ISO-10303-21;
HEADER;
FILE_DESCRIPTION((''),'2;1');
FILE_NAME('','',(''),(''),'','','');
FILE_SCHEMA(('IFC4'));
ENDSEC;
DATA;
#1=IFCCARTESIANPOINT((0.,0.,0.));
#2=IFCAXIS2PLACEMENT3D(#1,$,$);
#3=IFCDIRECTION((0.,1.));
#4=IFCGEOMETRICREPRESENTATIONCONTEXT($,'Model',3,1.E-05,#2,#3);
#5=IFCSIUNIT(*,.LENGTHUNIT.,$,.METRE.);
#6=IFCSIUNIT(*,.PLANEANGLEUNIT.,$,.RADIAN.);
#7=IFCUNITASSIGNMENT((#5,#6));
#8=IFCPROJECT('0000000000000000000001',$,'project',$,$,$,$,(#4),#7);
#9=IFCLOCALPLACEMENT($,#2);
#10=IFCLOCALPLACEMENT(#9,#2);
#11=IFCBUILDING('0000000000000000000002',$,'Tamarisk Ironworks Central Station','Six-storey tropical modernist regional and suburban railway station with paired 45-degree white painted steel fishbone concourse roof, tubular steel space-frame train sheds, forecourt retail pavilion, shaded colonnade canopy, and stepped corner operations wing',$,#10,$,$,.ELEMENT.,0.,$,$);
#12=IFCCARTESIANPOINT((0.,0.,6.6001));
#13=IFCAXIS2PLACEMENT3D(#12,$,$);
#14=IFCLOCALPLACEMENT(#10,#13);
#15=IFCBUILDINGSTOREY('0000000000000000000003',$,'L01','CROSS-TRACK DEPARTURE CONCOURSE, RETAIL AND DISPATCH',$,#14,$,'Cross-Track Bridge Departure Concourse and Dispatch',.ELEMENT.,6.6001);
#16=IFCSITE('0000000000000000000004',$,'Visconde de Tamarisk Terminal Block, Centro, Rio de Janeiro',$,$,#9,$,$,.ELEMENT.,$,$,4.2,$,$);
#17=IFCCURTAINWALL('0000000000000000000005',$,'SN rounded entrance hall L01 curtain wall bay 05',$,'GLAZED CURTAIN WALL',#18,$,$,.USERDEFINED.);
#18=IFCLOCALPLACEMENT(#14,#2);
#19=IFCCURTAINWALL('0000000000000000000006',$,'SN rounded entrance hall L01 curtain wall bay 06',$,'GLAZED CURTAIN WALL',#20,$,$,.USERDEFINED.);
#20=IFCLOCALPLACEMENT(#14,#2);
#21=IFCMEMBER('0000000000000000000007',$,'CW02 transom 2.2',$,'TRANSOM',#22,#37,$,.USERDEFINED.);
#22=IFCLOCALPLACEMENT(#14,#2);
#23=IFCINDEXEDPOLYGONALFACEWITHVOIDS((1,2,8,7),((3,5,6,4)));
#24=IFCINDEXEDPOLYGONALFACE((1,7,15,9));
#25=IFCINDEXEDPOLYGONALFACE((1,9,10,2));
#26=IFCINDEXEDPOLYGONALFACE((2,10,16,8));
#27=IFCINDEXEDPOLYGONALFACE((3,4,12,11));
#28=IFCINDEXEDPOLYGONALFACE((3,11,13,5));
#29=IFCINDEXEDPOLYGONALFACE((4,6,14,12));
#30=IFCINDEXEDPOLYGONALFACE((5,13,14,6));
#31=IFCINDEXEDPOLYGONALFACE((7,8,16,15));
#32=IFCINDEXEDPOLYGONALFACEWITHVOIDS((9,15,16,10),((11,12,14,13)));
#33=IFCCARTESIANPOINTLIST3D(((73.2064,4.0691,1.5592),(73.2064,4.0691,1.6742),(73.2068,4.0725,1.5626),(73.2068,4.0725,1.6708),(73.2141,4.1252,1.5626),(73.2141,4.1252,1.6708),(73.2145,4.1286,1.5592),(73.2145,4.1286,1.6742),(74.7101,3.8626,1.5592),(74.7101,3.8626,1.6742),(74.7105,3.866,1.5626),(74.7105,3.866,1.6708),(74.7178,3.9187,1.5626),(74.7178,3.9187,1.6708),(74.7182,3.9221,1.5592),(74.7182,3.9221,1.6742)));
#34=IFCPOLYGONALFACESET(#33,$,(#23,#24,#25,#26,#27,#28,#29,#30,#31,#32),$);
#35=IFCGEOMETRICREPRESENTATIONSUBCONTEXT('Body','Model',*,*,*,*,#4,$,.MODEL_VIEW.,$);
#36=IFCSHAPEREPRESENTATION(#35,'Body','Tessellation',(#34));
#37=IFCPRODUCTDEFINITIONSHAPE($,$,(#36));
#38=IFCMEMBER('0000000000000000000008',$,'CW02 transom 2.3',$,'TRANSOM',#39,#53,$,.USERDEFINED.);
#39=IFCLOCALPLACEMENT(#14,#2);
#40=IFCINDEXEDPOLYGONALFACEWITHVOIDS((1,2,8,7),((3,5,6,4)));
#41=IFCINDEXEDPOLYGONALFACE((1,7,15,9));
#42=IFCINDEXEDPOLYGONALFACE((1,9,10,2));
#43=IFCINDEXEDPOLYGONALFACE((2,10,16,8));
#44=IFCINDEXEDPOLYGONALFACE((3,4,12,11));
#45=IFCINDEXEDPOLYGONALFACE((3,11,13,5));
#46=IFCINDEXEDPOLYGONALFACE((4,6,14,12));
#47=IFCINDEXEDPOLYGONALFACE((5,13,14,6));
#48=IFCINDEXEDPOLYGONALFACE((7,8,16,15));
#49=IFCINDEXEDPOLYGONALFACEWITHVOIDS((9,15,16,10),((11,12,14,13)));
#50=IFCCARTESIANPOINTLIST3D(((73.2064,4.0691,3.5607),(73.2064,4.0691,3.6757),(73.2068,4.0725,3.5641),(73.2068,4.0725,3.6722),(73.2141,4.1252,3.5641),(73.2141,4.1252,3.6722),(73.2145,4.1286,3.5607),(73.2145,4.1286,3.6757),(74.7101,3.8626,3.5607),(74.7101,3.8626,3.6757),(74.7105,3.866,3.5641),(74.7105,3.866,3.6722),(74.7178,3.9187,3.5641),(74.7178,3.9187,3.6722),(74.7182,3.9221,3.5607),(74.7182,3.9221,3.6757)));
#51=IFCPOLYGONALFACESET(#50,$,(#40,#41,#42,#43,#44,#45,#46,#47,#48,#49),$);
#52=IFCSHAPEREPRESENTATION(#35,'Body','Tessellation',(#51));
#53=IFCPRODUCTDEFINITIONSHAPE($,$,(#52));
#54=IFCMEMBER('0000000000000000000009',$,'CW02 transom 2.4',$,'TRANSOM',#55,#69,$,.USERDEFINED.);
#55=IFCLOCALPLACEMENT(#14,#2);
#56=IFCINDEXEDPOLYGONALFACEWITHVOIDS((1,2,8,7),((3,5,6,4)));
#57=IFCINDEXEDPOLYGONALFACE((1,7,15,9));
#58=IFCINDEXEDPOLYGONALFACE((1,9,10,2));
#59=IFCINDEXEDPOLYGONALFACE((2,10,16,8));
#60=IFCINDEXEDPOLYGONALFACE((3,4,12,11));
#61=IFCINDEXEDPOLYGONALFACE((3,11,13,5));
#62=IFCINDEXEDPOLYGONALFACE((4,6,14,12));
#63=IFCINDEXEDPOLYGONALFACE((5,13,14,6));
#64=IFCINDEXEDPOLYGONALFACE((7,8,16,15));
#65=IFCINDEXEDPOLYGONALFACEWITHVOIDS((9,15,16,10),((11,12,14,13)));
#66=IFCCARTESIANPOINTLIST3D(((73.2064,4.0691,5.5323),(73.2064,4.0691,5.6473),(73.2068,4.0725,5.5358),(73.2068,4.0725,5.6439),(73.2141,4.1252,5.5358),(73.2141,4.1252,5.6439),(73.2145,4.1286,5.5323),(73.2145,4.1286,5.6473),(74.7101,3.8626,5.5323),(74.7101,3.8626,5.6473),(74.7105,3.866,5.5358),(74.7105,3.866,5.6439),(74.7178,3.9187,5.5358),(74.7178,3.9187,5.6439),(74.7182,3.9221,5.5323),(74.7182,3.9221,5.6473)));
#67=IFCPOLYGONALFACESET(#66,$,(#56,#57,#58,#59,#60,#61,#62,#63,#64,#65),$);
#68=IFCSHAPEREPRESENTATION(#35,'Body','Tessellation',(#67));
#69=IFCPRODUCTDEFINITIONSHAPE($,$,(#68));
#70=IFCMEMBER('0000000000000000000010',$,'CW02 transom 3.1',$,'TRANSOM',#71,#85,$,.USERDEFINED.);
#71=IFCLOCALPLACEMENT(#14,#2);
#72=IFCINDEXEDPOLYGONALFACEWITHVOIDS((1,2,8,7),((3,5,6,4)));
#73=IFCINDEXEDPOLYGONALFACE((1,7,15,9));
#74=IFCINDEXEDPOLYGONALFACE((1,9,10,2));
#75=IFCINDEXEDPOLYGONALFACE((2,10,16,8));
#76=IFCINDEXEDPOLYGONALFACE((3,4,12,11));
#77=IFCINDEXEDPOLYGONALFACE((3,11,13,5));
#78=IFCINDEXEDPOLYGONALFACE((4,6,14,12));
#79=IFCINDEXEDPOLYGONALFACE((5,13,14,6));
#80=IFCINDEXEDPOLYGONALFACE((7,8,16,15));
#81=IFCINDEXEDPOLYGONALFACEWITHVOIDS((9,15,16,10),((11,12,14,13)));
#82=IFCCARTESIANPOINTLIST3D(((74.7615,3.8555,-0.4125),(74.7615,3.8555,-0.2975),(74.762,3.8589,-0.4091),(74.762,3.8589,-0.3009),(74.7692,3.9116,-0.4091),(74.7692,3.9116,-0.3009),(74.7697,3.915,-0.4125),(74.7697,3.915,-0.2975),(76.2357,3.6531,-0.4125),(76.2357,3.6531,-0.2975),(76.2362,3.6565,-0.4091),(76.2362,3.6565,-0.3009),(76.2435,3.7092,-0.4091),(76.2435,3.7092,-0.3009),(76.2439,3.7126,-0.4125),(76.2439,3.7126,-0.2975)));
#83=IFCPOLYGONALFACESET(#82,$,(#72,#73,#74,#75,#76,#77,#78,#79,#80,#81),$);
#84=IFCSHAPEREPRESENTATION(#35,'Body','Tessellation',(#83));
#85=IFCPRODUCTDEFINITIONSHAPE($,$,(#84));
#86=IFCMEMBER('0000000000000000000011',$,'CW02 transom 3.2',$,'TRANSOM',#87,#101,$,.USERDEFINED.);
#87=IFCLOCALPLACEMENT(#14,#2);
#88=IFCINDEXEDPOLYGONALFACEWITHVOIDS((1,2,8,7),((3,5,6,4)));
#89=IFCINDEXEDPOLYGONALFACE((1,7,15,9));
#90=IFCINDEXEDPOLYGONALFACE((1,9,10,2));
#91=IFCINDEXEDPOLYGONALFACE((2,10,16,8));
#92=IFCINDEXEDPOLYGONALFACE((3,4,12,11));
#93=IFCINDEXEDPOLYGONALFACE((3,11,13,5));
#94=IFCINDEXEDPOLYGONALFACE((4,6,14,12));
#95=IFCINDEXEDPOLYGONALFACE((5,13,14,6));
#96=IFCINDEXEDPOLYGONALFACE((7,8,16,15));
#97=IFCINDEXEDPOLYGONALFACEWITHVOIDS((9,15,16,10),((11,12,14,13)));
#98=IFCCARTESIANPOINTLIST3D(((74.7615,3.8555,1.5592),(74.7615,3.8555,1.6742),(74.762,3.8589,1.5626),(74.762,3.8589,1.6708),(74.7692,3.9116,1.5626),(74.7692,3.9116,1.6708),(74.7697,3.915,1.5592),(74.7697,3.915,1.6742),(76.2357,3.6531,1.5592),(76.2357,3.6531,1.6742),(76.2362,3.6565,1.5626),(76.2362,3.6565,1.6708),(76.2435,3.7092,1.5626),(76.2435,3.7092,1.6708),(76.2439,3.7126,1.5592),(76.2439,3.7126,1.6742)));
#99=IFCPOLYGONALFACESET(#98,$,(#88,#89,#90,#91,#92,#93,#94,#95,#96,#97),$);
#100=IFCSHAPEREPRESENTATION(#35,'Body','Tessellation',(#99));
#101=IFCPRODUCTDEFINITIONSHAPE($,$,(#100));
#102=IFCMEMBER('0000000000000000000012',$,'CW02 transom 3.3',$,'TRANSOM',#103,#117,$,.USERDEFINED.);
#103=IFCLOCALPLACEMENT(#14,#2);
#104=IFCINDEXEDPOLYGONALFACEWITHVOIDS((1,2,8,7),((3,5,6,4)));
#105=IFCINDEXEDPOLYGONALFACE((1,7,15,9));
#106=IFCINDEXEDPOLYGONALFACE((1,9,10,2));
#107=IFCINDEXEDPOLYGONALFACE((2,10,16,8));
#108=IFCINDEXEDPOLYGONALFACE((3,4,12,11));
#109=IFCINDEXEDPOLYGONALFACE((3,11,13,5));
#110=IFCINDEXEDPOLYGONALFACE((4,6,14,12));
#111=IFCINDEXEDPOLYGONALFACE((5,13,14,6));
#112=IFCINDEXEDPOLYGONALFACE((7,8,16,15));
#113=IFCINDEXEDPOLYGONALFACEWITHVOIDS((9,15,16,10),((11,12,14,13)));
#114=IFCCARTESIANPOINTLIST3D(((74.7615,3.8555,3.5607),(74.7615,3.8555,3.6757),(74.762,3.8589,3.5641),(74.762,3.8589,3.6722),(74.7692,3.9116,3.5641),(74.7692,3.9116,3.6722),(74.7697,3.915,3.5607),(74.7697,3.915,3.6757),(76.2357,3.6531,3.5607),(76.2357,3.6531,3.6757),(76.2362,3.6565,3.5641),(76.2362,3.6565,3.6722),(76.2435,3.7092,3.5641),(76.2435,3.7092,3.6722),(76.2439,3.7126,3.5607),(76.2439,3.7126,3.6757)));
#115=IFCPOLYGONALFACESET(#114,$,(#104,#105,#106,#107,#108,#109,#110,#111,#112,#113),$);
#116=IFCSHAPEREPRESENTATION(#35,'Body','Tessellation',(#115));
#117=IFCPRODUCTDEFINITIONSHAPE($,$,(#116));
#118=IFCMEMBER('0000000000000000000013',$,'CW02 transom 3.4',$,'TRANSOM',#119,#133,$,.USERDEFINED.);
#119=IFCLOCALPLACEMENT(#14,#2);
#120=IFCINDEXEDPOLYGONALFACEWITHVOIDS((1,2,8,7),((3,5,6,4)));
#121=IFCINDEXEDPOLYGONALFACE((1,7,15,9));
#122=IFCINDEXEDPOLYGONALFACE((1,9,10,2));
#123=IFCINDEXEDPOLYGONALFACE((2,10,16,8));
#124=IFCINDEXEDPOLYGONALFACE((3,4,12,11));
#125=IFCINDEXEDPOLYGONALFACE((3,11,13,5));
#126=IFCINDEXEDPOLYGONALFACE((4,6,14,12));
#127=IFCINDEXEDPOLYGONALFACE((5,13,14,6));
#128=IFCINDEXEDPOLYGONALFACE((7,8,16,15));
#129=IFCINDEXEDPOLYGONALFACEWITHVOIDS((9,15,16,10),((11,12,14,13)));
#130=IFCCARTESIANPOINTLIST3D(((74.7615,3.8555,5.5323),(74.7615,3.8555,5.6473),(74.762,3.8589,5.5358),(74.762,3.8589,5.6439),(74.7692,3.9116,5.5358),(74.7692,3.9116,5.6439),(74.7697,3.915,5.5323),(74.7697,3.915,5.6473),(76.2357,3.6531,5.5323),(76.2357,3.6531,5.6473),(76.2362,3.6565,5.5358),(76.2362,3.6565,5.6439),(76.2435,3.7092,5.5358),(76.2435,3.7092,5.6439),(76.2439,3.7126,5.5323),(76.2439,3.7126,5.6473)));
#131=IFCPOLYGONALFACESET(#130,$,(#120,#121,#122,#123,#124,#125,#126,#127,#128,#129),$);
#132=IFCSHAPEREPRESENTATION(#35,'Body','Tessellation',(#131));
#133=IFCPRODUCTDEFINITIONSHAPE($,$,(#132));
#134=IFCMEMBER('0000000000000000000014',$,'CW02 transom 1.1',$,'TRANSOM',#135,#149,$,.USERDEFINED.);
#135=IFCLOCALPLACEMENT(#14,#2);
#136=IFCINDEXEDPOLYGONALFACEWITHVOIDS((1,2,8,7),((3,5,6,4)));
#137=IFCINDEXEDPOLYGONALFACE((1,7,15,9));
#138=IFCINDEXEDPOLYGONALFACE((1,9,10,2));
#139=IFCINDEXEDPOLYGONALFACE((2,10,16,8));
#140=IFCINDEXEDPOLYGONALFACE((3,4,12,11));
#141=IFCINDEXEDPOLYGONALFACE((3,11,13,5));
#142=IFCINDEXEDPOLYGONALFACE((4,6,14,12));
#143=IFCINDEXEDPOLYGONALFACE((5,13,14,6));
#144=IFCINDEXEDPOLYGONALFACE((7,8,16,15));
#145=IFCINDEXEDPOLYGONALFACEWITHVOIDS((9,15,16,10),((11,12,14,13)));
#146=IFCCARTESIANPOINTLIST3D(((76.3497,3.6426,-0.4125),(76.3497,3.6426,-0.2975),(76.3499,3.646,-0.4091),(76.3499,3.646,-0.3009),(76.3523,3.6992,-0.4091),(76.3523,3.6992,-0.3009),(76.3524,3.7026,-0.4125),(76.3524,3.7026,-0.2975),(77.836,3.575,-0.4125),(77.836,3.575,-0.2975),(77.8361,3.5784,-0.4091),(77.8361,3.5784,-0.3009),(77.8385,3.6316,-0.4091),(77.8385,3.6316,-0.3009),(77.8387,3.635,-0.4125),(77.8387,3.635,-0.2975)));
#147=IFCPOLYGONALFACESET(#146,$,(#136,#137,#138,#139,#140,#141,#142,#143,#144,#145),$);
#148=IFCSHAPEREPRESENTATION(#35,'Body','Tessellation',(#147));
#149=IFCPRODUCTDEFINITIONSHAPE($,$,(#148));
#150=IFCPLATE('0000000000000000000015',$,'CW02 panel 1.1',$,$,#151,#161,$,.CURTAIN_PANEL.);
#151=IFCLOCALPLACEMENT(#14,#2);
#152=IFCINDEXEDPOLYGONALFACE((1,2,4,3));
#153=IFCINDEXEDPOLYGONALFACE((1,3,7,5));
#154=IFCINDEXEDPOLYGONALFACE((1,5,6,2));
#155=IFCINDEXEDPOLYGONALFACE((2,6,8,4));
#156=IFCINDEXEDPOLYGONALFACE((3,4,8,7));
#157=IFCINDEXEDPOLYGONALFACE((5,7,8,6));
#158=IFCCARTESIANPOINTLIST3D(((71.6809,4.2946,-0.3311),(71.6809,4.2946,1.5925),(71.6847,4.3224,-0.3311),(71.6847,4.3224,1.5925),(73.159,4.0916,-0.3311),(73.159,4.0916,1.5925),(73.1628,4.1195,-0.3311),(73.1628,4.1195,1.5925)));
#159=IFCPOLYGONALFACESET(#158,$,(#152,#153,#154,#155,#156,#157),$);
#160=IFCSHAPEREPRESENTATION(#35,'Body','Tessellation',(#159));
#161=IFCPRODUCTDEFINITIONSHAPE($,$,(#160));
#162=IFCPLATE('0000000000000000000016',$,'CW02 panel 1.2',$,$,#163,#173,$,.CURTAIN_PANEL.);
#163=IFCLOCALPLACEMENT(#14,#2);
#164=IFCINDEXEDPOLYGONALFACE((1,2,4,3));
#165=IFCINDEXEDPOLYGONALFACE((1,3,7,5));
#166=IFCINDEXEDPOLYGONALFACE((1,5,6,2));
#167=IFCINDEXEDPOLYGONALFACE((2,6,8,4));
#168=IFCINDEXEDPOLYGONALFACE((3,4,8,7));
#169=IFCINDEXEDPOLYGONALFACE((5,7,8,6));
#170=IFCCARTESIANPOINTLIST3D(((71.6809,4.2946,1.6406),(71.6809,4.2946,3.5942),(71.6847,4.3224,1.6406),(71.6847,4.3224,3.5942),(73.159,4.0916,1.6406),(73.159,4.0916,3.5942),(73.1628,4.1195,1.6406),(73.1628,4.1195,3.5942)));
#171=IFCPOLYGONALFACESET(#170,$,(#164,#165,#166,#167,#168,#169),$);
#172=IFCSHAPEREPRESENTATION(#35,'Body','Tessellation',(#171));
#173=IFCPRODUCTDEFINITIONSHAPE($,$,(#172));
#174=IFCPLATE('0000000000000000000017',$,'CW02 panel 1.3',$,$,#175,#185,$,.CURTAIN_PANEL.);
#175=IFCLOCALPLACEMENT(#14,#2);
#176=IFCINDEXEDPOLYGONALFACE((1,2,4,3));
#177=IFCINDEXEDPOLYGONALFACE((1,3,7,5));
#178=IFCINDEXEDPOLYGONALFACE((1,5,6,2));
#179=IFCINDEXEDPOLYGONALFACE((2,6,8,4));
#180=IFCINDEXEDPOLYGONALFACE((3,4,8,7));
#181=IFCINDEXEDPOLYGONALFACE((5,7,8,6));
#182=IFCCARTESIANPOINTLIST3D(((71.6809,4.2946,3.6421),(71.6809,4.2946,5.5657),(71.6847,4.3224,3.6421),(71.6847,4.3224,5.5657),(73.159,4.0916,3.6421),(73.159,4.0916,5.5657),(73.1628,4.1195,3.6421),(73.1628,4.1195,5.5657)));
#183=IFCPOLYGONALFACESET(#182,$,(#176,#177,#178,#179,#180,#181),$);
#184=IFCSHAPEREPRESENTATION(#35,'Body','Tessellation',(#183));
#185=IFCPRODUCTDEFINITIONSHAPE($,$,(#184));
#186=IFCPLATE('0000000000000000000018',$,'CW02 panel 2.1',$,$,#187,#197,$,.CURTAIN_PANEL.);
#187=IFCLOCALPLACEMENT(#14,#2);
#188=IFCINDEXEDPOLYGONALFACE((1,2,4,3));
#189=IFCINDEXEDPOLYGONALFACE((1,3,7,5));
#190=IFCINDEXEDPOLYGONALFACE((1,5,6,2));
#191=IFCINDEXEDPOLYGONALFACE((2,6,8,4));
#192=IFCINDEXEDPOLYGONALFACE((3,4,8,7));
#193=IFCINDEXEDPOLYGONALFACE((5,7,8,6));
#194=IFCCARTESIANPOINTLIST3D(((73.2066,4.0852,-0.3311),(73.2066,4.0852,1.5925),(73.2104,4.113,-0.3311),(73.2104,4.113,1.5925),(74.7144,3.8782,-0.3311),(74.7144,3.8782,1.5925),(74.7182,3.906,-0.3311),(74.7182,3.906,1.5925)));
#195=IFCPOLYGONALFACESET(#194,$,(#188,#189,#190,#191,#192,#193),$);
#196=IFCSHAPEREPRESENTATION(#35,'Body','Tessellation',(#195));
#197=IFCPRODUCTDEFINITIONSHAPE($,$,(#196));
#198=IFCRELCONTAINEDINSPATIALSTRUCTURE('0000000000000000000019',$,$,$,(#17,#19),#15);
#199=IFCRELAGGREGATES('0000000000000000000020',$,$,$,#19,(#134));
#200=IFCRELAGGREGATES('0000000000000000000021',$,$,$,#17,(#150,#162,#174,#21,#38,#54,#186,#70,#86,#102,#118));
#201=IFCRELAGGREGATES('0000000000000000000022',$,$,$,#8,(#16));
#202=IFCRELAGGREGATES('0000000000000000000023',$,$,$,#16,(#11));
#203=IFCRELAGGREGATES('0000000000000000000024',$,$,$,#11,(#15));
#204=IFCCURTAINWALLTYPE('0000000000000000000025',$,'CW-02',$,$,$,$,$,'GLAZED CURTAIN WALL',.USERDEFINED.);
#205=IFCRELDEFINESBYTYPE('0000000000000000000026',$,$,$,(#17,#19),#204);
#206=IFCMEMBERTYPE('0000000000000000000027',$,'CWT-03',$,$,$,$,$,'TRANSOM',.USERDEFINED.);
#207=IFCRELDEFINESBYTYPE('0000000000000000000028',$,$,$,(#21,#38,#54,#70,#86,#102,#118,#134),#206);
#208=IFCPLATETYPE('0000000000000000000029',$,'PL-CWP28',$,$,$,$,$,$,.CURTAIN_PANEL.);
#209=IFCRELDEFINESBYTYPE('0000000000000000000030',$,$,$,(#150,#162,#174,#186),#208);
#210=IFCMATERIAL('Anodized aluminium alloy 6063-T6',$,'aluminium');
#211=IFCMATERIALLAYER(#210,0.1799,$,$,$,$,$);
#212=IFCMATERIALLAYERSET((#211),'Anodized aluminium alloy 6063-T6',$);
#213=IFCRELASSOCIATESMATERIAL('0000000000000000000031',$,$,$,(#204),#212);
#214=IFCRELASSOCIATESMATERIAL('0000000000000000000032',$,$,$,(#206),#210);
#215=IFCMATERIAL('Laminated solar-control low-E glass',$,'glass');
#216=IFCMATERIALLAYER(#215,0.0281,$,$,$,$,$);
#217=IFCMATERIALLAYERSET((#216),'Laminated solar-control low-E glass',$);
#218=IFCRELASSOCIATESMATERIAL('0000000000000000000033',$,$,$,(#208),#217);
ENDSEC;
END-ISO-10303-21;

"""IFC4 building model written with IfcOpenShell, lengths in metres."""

from ifc_helpers import new_model, si_unit, direction, frame, origin, origin_2d, place, context, subcontext, project, spatial, rectangle, hollow_rectangle, extrude, material, layer, layer_set, material_profile, profile_set, type_object, element, aggregate, save


model = new_model("IFC4")

# Units and contexts
model_context = context("Model", 3, precision=1e-05, world=origin(), true_north=direction((0.0, 1.0)))
body_context = subcontext(model_context, "Body", "Model", "MODEL_VIEW")
ifc_project = project(units=[si_unit("LENGTHUNIT", "METRE"), si_unit("PLANEANGLEUNIT", "RADIAN")], contexts=[model_context])

# Site, building, storey
site_placement = place(None, origin())
site = spatial("IfcSite", under=ifc_project, at=site_placement, Name="Visconde de Tamarisk Terminal Block, Centro, Rio de Janeiro", CompositionType="ELEMENT", RefElevation=4.2)
building_placement = place(site_placement, origin())
building = spatial("IfcBuilding", under=site, at=building_placement, Name="Tamarisk Ironworks Central Station", Description="Six-storey tropical modernist regional and suburban railway station with paired 45-degree white painted steel fishbone concourse roof, tubular steel space-frame train sheds, forecourt retail pavilion, shaded colonnade canopy, and stepped corner operations wing", CompositionType="ELEMENT", ElevationOfRefHeight=0.0)
storey_placement = place(building_placement, frame((0.0, 0.0, 6.6001)))
storey = spatial("IfcBuildingStorey", under=building, at=storey_placement, Name="L01", Description="CROSS-TRACK DEPARTURE CONCOURSE, RETAIL AND DISPATCH", LongName="Cross-Track Bridge Departure Concourse and Dispatch", CompositionType="ELEMENT", Elevation=6.6001)

# Curtain wall
ifc_material_1 = material(Name="Anodized aluminium alloy 6063-T6", Category="aluminium")
ifc_layer_1 = layer(ifc_material_1, 0.1799)
ifc_layer_set_1 = layer_set([ifc_layer_1], Name="Anodized aluminium alloy 6063-T6")
curtain_wall_type = type_object("IfcCurtainWallType", Name="CW-02", ElementType="GLAZED CURTAIN WALL", PredefinedType="USERDEFINED", material=ifc_layer_set_1)
curtain_wall_1_placement = place(storey_placement, origin())
curtain_wall_1 = element("IfcCurtainWall", 1, at=curtain_wall_1_placement, inside=storey, type_object=curtain_wall_type, Name="SN rounded entrance hall L01 curtain wall bay 05", ObjectType="GLAZED CURTAIN WALL", PredefinedType="USERDEFINED")

# Curtain wall
curtain_wall_2_placement = place(storey_placement, origin())
curtain_wall_2 = element("IfcCurtainWall", 2, at=curtain_wall_2_placement, inside=storey, type_object=curtain_wall_type, Name="SN rounded entrance hall L01 curtain wall bay 06", ObjectType="GLAZED CURTAIN WALL", PredefinedType="USERDEFINED")

# Members
ifc_material_profile_1 = material_profile(ifc_material_1, hollow_rectangle(XDim=0.0601, YDim=0.115, WallThickness=0.0034, at=origin_2d()), Name="ALUM 115x60")
ifc_profile_set_1 = profile_set([ifc_material_profile_1], Name="Anodized aluminium alloy 6063-T6")
member_type_1 = type_object("IfcMemberType", Name="CWT-03", ElementType="TRANSOM", PredefinedType="USERDEFINED", material=ifc_profile_set_1)
member_1_placement = place(storey_placement, frame((73.2104, 4.0989, 1.6167), z_axis=(0.990698, -0.136082, 0.0), x_axis=(0.136082, 0.990698, 0.0)))
member_1 = element("IfcMember", 3, at=member_1_placement, type_object=member_type_1, Name="CW02 transom 2.2", ObjectType="TRANSOM", PredefinedType="USERDEFINED", context=body_context, shape_type="SweptSolid", body=[
    extrude(hollow_rectangle(XDim=0.0601, YDim=0.115, WallThickness=0.0034, at=origin_2d()), origin(), (0.0, 0.0, 1.0), 1.5178),
])
member_2_placement = place(storey_placement, frame((73.2104, 4.0989, 3.6182), z_axis=(0.990698, -0.136082, 0.0), x_axis=(0.136082, 0.990698, 0.0)))
member_2 = element("IfcMember", 4, at=member_2_placement, type_object=member_type_1, Name="CW02 transom 2.3", ObjectType="TRANSOM", PredefinedType="USERDEFINED", context=body_context, shape_type="SweptSolid", body=[
    extrude(hollow_rectangle(XDim=0.0601, YDim=0.115, WallThickness=0.0034, at=origin_2d()), origin(), (0.0, 0.0, 1.0), 1.5178),
])
member_3_placement = place(storey_placement, frame((73.2104, 4.0989, 5.5898), z_axis=(0.990698, -0.136082, 0.0), x_axis=(0.136082, 0.990698, 0.0)))
member_3 = element("IfcMember", 5, at=member_3_placement, type_object=member_type_1, Name="CW02 transom 2.4", ObjectType="TRANSOM", PredefinedType="USERDEFINED", context=body_context, shape_type="SweptSolid", body=[
    extrude(hollow_rectangle(XDim=0.0601, YDim=0.115, WallThickness=0.0034, at=origin_2d()), origin(), (0.0, 0.0, 1.0), 1.5178),
])
member_4_placement = place(storey_placement, frame((74.7656, 3.8853, -0.355), z_axis=(0.990706, -0.136021, 0.0), x_axis=(0.136021, 0.990706, 0.0)))
member_4 = element("IfcMember", 6, at=member_4_placement, type_object=member_type_1, Name="CW02 transom 3.1", ObjectType="TRANSOM", PredefinedType="USERDEFINED", context=body_context, shape_type="SweptSolid", body=[
    extrude(hollow_rectangle(XDim=0.0601, YDim=0.115, WallThickness=0.0034, at=origin_2d()), origin(), (0.0, 0.0, 1.0), 1.488),
])
member_5_placement = place(storey_placement, frame((74.7656, 3.8853, 1.6167), z_axis=(0.990706, -0.136021, 0.0), x_axis=(0.136021, 0.990706, 0.0)))
member_5 = element("IfcMember", 7, at=member_5_placement, type_object=member_type_1, Name="CW02 transom 3.2", ObjectType="TRANSOM", PredefinedType="USERDEFINED", context=body_context, shape_type="SweptSolid", body=[
    extrude(hollow_rectangle(XDim=0.0601, YDim=0.115, WallThickness=0.0034, at=origin_2d()), origin(), (0.0, 0.0, 1.0), 1.488),
])
member_6_placement = place(storey_placement, frame((74.7656, 3.8853, 3.6182), z_axis=(0.990706, -0.136021, 0.0), x_axis=(0.136021, 0.990706, 0.0)))
member_6 = element("IfcMember", 8, at=member_6_placement, type_object=member_type_1, Name="CW02 transom 3.3", ObjectType="TRANSOM", PredefinedType="USERDEFINED", context=body_context, shape_type="SweptSolid", body=[
    extrude(hollow_rectangle(XDim=0.0601, YDim=0.115, WallThickness=0.0034, at=origin_2d()), origin(), (0.0, 0.0, 1.0), 1.488),
])
member_7_placement = place(storey_placement, frame((74.7656, 3.8853, 5.5898), z_axis=(0.990706, -0.136021, 0.0), x_axis=(0.136021, 0.990706, 0.0)))
member_7 = element("IfcMember", 9, at=member_7_placement, type_object=member_type_1, Name="CW02 transom 3.4", ObjectType="TRANSOM", PredefinedType="USERDEFINED", context=body_context, shape_type="SweptSolid", body=[
    extrude(hollow_rectangle(XDim=0.0601, YDim=0.115, WallThickness=0.0034, at=origin_2d()), origin(), (0.0, 0.0, 1.0), 1.488),
])
member_8_placement = place(storey_placement, frame((76.3511, 3.6726, -0.355), z_axis=(0.998967, -0.045452, 0.0), x_axis=(0.045452, 0.998967, 0.0)))
member_8 = element("IfcMember", 10, at=member_8_placement, type_object=member_type_1, Name="CW02 transom 1.1", ObjectType="TRANSOM", PredefinedType="USERDEFINED", context=body_context, shape_type="SweptSolid", body=[
    extrude(hollow_rectangle(XDim=0.0601, YDim=0.115, WallThickness=0.0034, at=origin_2d()), origin(), (0.0, 0.0, 1.0), 1.4878),
])
aggregate(curtain_wall_2, [member_8])

# Plates
ifc_material_2 = material(Name="Laminated solar-control low-E glass", Category="glass")
ifc_layer_2 = layer(ifc_material_2, 0.0281)
ifc_layer_set_2 = layer_set([ifc_layer_2], Name="Laminated solar-control low-E glass")
plate_type = type_object("IfcPlateType", Name="PL-CWP28", PredefinedType="CURTAIN_PANEL", material=ifc_layer_set_2)
plate_1_placement = place(storey_placement, frame((72.4219, 4.207, -0.3311), z_axis=(0.0, 0.0, 1.0), x_axis=(0.990703, -0.136042, 0.0)))
plate_1 = element("IfcPlate", 11, at=plate_1_placement, type_object=plate_type, Name="CW02 panel 1.1", PredefinedType="CURTAIN_PANEL", context=body_context, shape_type="SweptSolid", body=[
    extrude(rectangle(XDim=1.4919, YDim=0.0281, at=origin_2d()), origin(), (0.0, 0.0, 1.0), 1.9236),
])
plate_2_placement = place(storey_placement, frame((72.4219, 4.207, 1.6406), z_axis=(0.0, 0.0, 1.0), x_axis=(0.990703, -0.136042, 0.0)))
plate_2 = element("IfcPlate", 12, at=plate_2_placement, type_object=plate_type, Name="CW02 panel 1.2", PredefinedType="CURTAIN_PANEL", context=body_context, shape_type="SweptSolid", body=[
    extrude(rectangle(XDim=1.4919, YDim=0.0281, at=origin_2d()), origin(), (0.0, 0.0, 1.0), 1.9536),
])
plate_3_placement = place(storey_placement, frame((72.4219, 4.207, 3.6421), z_axis=(0.0, 0.0, 1.0), x_axis=(0.990703, -0.136042, 0.0)))
plate_3 = element("IfcPlate", 13, at=plate_3_placement, type_object=plate_type, Name="CW02 panel 1.3", PredefinedType="CURTAIN_PANEL", context=body_context, shape_type="SweptSolid", body=[
    extrude(rectangle(XDim=1.4919, YDim=0.0281, at=origin_2d()), origin(), (0.0, 0.0, 1.0), 1.9236),
])
plate_4_placement = place(storey_placement, frame((73.9624, 3.9956, -0.3311), z_axis=(0.0, 0.0, 1.0), x_axis=(0.990703, -0.136042, 0.0)))
plate_4 = element("IfcPlate", 14, at=plate_4_placement, type_object=plate_type, Name="CW02 panel 2.1", PredefinedType="CURTAIN_PANEL", context=body_context, shape_type="SweptSolid", body=[
    extrude(rectangle(XDim=1.522, YDim=0.0281, at=origin_2d()), origin(), (0.0, 0.0, 1.0), 1.9236),
])
aggregate(curtain_wall_1, [plate_1, plate_2, plate_3, member_1, member_2, member_3, plate_4, member_4, member_5, member_6, member_7])

save(model, "model.ifc")
